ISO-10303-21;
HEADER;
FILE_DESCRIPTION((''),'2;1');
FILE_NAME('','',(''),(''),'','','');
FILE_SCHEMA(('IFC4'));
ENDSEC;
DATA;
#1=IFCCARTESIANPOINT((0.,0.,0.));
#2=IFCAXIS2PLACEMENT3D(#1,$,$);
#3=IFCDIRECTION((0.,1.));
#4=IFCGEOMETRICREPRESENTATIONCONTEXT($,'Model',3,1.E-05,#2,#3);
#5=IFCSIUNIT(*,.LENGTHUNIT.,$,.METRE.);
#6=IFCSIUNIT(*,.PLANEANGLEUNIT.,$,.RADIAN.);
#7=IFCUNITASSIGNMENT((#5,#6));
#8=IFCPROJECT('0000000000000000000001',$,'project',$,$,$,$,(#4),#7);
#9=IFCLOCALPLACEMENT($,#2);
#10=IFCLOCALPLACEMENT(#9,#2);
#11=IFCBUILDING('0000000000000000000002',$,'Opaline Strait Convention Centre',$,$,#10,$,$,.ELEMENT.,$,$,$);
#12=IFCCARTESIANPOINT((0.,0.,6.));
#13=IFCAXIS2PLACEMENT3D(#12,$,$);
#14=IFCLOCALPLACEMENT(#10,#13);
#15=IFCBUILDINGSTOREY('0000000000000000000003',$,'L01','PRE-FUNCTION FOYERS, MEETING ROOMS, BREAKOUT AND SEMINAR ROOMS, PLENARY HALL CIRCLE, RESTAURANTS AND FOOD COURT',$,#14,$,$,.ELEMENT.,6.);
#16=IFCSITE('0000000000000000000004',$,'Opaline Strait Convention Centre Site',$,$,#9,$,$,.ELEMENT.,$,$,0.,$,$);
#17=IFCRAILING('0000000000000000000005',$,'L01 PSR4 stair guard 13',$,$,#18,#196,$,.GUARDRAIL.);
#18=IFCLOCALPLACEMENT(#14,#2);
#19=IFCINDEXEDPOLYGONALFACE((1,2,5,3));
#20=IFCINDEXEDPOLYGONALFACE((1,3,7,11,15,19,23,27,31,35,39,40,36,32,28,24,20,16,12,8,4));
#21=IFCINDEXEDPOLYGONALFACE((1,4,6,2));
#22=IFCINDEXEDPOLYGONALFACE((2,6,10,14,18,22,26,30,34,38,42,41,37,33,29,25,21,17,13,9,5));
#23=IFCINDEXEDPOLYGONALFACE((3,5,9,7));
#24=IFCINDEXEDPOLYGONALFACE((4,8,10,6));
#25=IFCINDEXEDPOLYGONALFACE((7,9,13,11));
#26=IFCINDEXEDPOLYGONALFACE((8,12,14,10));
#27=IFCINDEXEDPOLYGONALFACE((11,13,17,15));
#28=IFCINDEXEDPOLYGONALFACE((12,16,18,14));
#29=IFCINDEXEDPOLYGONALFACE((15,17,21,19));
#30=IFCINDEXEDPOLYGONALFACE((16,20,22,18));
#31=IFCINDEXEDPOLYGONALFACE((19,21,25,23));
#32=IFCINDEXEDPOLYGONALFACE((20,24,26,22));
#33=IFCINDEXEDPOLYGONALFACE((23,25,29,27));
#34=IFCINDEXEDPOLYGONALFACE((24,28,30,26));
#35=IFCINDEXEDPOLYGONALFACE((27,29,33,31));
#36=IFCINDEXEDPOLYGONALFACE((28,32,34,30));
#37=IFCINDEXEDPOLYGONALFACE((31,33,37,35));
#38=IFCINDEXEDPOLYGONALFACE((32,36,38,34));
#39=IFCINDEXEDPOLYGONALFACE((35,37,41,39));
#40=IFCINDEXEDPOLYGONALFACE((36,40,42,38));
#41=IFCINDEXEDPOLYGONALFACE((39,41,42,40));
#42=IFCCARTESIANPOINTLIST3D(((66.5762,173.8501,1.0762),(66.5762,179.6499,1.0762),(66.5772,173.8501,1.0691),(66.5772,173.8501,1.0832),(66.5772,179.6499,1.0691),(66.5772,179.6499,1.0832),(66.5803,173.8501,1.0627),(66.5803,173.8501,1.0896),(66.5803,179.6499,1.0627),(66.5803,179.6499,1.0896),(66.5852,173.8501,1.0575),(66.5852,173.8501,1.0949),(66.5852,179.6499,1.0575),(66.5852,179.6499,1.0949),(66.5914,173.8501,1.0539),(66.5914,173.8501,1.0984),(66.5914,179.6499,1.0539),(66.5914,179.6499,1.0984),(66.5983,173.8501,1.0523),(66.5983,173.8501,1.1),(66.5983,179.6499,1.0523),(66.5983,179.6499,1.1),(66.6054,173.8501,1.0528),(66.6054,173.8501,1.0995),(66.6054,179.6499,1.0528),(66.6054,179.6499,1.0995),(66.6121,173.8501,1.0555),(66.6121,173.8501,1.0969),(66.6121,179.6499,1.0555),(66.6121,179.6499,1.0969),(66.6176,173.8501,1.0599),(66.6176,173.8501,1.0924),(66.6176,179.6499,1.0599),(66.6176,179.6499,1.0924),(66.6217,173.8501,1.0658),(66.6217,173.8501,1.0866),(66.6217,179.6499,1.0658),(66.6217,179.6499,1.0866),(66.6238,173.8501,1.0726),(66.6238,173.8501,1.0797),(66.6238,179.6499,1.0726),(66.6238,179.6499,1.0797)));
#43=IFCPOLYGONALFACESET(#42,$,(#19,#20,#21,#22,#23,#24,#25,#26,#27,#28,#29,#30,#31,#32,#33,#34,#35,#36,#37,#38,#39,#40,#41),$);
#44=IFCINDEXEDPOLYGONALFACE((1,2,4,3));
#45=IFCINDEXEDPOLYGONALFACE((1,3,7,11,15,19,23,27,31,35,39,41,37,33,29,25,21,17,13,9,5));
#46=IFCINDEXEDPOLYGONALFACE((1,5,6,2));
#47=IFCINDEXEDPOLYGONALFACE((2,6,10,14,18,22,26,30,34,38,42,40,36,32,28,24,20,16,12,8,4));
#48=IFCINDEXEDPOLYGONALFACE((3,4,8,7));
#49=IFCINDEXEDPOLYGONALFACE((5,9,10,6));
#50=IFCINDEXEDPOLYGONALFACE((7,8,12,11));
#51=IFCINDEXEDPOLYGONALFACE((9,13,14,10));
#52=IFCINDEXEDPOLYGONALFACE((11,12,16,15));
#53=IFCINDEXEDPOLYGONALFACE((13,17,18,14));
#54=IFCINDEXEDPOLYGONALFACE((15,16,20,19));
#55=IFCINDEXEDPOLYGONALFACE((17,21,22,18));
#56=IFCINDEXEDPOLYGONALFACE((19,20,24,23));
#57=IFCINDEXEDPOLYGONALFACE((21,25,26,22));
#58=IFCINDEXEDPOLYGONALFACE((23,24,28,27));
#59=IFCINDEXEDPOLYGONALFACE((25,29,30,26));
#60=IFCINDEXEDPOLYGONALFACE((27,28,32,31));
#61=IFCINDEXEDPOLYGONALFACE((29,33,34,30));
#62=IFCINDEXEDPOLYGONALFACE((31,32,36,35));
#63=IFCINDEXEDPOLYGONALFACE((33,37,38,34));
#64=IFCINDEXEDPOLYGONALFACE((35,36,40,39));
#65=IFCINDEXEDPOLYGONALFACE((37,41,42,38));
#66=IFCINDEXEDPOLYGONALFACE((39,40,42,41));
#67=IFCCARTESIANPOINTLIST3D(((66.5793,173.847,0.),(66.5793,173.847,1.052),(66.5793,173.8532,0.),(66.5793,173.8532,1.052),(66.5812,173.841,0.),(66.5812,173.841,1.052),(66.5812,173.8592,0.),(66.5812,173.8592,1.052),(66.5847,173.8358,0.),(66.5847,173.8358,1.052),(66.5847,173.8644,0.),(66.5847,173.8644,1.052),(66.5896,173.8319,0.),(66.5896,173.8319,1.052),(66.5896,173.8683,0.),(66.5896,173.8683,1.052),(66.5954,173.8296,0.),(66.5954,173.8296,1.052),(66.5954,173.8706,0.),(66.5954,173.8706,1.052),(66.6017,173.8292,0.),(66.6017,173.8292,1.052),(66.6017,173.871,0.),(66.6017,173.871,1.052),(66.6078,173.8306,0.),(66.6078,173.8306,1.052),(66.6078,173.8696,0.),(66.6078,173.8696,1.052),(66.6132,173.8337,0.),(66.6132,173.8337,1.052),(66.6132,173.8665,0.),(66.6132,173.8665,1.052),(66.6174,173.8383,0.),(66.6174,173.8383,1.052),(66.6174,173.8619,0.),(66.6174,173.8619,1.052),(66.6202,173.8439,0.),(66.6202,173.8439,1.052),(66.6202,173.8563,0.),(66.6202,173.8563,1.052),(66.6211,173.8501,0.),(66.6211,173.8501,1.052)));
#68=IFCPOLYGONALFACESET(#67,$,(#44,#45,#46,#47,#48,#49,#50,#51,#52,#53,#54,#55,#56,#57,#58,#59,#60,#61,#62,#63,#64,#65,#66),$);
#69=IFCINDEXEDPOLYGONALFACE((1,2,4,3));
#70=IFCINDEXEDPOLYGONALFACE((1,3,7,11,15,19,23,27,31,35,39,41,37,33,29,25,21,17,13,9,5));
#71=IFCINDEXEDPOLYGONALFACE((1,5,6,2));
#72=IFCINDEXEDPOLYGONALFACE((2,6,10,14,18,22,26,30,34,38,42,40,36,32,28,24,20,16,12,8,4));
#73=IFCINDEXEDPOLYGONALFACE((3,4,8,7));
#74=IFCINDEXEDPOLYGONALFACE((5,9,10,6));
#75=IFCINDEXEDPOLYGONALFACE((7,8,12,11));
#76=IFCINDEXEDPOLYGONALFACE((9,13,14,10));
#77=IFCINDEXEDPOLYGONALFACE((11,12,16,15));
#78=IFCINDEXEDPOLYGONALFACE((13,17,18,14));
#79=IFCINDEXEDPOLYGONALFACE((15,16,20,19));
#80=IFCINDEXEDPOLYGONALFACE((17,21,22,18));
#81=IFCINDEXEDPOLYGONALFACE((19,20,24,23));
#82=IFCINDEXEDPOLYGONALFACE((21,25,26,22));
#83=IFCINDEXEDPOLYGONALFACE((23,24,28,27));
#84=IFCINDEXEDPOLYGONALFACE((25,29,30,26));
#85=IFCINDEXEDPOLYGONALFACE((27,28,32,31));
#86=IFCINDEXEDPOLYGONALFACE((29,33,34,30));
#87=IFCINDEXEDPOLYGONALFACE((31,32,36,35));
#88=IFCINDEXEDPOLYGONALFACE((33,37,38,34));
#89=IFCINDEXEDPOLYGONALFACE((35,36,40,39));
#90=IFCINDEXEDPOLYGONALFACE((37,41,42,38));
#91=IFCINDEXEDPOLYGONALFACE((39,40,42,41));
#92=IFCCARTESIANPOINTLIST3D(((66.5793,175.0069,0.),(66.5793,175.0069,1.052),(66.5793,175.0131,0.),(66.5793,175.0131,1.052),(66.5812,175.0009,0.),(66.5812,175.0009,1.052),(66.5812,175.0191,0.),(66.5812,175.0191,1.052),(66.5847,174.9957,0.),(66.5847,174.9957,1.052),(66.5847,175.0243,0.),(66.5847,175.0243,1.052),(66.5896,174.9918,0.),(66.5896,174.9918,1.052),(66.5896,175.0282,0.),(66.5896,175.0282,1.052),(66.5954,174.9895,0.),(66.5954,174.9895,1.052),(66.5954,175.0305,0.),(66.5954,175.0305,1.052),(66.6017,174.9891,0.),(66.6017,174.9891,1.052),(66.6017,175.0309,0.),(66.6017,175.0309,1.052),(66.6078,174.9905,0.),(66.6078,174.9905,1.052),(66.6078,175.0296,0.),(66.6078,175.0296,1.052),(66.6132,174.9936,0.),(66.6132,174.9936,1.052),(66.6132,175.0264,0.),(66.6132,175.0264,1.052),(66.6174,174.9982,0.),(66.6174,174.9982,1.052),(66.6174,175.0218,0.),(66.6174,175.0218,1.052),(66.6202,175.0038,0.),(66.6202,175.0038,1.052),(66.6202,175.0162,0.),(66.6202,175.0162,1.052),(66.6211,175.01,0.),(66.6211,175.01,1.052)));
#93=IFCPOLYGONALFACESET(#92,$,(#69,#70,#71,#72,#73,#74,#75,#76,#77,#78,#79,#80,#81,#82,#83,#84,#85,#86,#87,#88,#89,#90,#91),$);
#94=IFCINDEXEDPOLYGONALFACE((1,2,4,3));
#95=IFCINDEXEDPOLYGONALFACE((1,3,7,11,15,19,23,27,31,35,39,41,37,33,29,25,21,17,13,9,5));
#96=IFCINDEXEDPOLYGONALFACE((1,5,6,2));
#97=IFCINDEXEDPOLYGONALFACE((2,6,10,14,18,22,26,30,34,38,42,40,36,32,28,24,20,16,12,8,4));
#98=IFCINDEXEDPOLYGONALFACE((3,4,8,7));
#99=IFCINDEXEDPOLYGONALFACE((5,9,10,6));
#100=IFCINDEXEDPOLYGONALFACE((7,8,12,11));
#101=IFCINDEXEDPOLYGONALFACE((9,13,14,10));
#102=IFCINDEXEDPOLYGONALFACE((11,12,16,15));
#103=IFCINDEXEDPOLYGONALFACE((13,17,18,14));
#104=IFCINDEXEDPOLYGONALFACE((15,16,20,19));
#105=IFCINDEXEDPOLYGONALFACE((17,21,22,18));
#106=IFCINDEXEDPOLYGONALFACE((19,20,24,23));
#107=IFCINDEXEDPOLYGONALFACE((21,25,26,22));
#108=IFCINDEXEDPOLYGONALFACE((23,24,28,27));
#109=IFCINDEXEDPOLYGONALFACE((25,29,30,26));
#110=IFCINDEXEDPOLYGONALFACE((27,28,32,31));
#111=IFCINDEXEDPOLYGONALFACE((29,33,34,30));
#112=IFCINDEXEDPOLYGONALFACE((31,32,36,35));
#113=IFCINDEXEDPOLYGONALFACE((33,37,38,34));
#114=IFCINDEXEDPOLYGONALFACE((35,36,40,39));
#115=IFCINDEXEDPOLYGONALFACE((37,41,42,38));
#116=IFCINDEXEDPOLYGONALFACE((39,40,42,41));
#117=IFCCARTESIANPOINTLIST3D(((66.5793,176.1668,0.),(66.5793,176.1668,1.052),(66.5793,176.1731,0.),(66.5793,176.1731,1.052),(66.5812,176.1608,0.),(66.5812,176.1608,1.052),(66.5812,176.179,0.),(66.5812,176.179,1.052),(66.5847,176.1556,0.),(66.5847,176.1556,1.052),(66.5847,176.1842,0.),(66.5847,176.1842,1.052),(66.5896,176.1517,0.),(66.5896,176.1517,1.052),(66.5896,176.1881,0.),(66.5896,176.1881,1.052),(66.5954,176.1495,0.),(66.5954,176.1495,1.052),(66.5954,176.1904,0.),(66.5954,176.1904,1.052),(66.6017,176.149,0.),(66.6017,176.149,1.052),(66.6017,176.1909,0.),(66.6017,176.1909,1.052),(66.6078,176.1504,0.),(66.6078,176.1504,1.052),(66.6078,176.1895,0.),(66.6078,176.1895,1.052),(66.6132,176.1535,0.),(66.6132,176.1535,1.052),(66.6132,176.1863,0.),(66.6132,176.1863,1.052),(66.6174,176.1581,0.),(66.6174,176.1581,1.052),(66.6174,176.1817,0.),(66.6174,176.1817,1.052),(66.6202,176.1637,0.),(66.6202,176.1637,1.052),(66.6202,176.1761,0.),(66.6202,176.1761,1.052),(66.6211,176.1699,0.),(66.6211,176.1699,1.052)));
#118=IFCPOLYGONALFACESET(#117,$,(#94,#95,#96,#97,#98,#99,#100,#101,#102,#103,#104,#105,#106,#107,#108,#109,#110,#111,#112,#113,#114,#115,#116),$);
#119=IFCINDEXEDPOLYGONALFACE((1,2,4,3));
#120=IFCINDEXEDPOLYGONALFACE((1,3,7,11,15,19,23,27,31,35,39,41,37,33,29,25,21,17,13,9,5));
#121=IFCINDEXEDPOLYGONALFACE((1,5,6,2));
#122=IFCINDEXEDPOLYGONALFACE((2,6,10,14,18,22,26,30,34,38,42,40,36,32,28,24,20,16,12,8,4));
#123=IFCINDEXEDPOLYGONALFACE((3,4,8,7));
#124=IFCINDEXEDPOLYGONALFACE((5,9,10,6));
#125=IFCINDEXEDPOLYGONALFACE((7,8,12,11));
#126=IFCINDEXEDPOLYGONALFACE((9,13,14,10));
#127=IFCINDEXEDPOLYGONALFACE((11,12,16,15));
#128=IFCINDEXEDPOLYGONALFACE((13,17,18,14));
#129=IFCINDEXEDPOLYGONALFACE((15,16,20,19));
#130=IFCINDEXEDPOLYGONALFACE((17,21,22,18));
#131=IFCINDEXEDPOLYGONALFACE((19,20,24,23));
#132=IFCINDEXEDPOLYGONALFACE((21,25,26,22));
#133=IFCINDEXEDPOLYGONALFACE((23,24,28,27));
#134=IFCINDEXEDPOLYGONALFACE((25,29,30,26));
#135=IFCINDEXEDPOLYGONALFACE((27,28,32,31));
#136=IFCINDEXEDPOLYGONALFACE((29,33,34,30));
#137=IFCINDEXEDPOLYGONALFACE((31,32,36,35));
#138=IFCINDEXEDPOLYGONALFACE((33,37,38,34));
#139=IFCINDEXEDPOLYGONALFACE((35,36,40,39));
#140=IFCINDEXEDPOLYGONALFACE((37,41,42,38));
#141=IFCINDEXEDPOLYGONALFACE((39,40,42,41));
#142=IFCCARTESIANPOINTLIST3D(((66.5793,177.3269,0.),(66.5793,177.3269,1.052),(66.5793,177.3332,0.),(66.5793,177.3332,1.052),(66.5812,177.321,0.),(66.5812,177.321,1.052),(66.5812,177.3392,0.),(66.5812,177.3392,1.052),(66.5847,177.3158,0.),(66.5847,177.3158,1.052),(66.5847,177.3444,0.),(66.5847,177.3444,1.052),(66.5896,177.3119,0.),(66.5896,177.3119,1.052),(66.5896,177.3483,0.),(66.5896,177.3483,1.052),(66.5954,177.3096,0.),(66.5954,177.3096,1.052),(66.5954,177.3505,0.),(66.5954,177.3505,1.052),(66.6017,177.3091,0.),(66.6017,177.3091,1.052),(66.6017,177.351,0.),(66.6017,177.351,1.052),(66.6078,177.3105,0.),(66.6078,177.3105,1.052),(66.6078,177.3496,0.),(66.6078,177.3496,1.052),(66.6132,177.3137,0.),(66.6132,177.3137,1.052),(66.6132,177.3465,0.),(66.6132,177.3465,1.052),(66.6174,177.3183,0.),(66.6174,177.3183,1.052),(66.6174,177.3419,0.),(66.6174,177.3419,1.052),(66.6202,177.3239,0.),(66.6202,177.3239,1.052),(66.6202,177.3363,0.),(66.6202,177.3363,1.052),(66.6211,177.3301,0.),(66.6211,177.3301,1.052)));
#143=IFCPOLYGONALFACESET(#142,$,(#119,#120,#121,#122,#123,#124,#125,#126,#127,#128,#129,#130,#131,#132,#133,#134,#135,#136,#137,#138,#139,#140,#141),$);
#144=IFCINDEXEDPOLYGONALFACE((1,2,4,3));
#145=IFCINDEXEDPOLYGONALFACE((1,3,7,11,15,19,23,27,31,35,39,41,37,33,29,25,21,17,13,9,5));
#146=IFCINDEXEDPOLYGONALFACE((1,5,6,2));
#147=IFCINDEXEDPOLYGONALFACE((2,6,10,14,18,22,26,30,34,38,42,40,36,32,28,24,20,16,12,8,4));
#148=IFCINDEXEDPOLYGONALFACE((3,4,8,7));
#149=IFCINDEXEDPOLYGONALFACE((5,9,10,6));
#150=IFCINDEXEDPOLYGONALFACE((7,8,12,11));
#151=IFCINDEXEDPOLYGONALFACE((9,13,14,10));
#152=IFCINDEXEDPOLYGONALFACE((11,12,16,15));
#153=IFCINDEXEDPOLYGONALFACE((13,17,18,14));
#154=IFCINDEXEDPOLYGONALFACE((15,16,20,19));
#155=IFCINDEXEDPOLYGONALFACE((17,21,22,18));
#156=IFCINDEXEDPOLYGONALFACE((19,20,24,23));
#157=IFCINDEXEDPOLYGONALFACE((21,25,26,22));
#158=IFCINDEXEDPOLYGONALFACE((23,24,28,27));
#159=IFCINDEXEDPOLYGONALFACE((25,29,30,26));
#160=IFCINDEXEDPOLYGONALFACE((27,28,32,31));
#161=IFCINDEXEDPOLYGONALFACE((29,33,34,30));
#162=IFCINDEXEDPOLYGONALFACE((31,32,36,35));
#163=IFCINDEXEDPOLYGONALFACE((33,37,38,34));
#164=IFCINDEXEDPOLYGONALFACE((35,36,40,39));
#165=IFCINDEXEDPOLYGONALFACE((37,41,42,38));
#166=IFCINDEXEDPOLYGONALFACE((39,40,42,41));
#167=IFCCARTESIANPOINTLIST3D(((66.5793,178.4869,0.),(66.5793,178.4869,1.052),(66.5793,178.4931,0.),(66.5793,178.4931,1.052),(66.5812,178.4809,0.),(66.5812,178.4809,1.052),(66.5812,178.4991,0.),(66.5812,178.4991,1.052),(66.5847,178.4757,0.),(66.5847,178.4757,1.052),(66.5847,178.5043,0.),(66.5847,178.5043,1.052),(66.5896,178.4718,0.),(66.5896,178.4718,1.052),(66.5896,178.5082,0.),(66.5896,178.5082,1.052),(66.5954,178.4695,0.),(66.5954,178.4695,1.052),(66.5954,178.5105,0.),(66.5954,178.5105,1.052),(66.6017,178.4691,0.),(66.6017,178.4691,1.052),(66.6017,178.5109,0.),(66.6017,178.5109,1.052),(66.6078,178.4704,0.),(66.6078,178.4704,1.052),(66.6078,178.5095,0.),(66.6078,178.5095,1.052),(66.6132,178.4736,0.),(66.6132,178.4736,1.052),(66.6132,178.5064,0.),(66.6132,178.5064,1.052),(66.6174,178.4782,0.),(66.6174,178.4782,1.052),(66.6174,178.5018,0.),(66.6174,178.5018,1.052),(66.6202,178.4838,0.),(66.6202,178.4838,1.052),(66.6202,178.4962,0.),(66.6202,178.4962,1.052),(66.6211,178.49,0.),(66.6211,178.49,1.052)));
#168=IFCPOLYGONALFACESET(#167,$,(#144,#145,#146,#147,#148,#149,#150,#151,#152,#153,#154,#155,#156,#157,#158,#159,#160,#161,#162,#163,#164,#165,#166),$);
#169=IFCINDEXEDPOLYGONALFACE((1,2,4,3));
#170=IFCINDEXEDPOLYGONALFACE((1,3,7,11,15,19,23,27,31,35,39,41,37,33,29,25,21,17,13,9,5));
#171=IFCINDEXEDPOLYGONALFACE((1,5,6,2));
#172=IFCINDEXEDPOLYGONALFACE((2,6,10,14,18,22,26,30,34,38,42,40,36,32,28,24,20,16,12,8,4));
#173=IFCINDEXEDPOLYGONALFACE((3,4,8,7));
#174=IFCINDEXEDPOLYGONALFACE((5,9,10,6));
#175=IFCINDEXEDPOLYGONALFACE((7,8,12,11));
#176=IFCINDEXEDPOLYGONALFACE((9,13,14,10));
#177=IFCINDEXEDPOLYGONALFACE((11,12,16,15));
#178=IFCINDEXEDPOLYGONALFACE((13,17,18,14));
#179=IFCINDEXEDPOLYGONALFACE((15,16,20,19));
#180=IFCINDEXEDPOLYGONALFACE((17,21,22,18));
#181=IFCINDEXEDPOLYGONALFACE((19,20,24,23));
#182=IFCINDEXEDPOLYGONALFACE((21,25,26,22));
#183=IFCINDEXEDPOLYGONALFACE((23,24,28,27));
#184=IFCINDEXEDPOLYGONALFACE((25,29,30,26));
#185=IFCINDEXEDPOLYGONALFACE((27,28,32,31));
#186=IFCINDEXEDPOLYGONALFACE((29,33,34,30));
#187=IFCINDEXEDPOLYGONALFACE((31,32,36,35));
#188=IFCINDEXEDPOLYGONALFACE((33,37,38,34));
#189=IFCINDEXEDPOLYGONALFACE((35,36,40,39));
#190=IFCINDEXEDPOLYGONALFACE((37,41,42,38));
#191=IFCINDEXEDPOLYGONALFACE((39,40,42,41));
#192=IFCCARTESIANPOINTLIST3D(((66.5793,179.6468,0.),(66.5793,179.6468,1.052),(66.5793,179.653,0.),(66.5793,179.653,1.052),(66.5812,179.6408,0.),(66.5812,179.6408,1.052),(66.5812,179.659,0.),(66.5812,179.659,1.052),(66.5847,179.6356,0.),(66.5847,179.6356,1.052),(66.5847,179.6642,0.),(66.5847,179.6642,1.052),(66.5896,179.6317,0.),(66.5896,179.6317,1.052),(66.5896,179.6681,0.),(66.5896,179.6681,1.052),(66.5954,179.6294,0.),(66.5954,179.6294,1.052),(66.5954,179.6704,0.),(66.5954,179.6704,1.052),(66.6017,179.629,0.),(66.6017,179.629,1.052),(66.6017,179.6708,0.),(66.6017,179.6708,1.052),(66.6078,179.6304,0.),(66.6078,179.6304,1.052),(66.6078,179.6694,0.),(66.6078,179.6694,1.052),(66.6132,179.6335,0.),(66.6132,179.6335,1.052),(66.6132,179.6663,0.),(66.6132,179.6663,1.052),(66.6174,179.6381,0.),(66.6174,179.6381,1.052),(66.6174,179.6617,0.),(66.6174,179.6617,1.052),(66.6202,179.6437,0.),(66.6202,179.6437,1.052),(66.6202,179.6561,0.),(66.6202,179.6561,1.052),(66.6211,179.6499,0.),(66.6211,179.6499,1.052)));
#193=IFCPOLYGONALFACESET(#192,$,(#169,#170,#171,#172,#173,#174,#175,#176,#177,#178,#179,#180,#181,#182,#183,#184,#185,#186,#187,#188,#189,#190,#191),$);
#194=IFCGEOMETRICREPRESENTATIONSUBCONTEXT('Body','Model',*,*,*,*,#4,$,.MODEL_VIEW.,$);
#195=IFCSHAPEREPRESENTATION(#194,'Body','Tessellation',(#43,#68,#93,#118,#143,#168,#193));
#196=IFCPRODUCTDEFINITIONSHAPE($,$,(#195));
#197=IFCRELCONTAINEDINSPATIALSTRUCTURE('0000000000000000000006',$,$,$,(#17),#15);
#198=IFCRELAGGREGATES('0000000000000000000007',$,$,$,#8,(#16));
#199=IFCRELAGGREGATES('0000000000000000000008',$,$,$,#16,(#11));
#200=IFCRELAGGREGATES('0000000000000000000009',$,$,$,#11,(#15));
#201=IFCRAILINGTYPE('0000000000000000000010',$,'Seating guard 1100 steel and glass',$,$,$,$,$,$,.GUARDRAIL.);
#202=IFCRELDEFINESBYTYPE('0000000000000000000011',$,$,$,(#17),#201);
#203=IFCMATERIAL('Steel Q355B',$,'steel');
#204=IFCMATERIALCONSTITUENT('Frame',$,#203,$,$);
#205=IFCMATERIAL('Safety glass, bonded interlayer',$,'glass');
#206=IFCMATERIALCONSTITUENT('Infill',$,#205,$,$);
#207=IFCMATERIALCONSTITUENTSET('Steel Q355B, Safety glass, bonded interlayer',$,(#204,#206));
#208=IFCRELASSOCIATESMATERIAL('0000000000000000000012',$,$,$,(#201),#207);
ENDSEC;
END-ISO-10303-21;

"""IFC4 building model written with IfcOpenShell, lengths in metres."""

from ifc_helpers import new_model, si_unit, direction, frame, origin, origin_2d, place, context, subcontext, project, spatial, circle, extrude, material, constituent, constituent_set, type_object, element, save


model = new_model("IFC4")

# Units and contexts
model_context = context("Model", 3, precision=1e-05, world=origin(), true_north=direction((0.0, 1.0)))
body_context = subcontext(model_context, "Body", "Model", "MODEL_VIEW")
ifc_project = project(units=[si_unit("LENGTHUNIT", "METRE"), si_unit("PLANEANGLEUNIT", "RADIAN")], contexts=[model_context])

# Site, building, storey
site_placement = place(None, origin())
site = spatial("IfcSite", under=ifc_project, at=site_placement, Name="Opaline Strait Convention Centre Site", CompositionType="ELEMENT", RefElevation=0.0)
building_placement = place(site_placement, origin())
building = spatial("IfcBuilding", under=site, at=building_placement, Name="Opaline Strait Convention Centre", CompositionType="ELEMENT")
storey_placement = place(building_placement, frame((0.0, 0.0, 6.0)))
storey = spatial("IfcBuildingStorey", under=building, at=storey_placement, Name="L01", Description="PRE-FUNCTION FOYERS, MEETING ROOMS, BREAKOUT AND SEMINAR ROOMS, PLENARY HALL CIRCLE, RESTAURANTS AND FOOD COURT", CompositionType="ELEMENT", Elevation=6.0)

# Railing
ifc_material_1 = material(Name="Steel Q355B", Category="steel")
ifc_constituent_1 = constituent(ifc_material_1, Name="Frame")
ifc_material_2 = material(Name="Safety glass, bonded interlayer", Category="glass")
ifc_constituent_2 = constituent(ifc_material_2, Name="Infill")
ifc_constituent_set = constituent_set(constituents=[ifc_constituent_1, ifc_constituent_2], Name="Steel Q355B, Safety glass, bonded interlayer")
railing_type_1 = type_object("IfcRailingType", Name="Seating guard 1100 steel and glass", PredefinedType="GUARDRAIL", material=ifc_constituent_set)
railing_1_placement = place(storey_placement, frame((66.6001, 173.8501, 0.0)))
element("IfcRailing", 1, at=railing_1_placement, inside=storey, type_object=railing_type_1, Name="L01 PSR4 stair guard 13", PredefinedType="GUARDRAIL", context=body_context, shape_type="SweptSolid", body=[
    extrude(circle(Radius=0.0239, at=origin_2d()), frame((0.0, 0.0, 1.0762), z_axis=(0.0, 1.0, 0.0), x_axis=(-1.0, 0.0, 0.0)), (0.0, 0.0, 1.0), 5.7998),
    extrude(circle(Radius=0.021, at=origin_2d()), origin(), (0.0, 0.0, 1.0), 1.052),
    extrude(circle(Radius=0.021, at=origin_2d()), frame((0.0, 1.1599, 0.0)), (0.0, 0.0, 1.0), 1.052),
    extrude(circle(Radius=0.021, at=origin_2d()), frame((0.0, 2.3198, 0.0)), (0.0, 0.0, 1.0), 1.052),
    extrude(circle(Radius=0.021, at=origin_2d()), frame((0.0, 3.48, 0.0)), (0.0, 0.0, 1.0), 1.052),
    extrude(circle(Radius=0.021, at=origin_2d()), frame((0.0, 4.6399, 0.0)), (0.0, 0.0, 1.0), 1.052),
    extrude(circle(Radius=0.021, at=origin_2d()), frame((0.0, 5.7998, 0.0)), (0.0, 0.0, 1.0), 1.052),
])

save(model, "model.ifc")
